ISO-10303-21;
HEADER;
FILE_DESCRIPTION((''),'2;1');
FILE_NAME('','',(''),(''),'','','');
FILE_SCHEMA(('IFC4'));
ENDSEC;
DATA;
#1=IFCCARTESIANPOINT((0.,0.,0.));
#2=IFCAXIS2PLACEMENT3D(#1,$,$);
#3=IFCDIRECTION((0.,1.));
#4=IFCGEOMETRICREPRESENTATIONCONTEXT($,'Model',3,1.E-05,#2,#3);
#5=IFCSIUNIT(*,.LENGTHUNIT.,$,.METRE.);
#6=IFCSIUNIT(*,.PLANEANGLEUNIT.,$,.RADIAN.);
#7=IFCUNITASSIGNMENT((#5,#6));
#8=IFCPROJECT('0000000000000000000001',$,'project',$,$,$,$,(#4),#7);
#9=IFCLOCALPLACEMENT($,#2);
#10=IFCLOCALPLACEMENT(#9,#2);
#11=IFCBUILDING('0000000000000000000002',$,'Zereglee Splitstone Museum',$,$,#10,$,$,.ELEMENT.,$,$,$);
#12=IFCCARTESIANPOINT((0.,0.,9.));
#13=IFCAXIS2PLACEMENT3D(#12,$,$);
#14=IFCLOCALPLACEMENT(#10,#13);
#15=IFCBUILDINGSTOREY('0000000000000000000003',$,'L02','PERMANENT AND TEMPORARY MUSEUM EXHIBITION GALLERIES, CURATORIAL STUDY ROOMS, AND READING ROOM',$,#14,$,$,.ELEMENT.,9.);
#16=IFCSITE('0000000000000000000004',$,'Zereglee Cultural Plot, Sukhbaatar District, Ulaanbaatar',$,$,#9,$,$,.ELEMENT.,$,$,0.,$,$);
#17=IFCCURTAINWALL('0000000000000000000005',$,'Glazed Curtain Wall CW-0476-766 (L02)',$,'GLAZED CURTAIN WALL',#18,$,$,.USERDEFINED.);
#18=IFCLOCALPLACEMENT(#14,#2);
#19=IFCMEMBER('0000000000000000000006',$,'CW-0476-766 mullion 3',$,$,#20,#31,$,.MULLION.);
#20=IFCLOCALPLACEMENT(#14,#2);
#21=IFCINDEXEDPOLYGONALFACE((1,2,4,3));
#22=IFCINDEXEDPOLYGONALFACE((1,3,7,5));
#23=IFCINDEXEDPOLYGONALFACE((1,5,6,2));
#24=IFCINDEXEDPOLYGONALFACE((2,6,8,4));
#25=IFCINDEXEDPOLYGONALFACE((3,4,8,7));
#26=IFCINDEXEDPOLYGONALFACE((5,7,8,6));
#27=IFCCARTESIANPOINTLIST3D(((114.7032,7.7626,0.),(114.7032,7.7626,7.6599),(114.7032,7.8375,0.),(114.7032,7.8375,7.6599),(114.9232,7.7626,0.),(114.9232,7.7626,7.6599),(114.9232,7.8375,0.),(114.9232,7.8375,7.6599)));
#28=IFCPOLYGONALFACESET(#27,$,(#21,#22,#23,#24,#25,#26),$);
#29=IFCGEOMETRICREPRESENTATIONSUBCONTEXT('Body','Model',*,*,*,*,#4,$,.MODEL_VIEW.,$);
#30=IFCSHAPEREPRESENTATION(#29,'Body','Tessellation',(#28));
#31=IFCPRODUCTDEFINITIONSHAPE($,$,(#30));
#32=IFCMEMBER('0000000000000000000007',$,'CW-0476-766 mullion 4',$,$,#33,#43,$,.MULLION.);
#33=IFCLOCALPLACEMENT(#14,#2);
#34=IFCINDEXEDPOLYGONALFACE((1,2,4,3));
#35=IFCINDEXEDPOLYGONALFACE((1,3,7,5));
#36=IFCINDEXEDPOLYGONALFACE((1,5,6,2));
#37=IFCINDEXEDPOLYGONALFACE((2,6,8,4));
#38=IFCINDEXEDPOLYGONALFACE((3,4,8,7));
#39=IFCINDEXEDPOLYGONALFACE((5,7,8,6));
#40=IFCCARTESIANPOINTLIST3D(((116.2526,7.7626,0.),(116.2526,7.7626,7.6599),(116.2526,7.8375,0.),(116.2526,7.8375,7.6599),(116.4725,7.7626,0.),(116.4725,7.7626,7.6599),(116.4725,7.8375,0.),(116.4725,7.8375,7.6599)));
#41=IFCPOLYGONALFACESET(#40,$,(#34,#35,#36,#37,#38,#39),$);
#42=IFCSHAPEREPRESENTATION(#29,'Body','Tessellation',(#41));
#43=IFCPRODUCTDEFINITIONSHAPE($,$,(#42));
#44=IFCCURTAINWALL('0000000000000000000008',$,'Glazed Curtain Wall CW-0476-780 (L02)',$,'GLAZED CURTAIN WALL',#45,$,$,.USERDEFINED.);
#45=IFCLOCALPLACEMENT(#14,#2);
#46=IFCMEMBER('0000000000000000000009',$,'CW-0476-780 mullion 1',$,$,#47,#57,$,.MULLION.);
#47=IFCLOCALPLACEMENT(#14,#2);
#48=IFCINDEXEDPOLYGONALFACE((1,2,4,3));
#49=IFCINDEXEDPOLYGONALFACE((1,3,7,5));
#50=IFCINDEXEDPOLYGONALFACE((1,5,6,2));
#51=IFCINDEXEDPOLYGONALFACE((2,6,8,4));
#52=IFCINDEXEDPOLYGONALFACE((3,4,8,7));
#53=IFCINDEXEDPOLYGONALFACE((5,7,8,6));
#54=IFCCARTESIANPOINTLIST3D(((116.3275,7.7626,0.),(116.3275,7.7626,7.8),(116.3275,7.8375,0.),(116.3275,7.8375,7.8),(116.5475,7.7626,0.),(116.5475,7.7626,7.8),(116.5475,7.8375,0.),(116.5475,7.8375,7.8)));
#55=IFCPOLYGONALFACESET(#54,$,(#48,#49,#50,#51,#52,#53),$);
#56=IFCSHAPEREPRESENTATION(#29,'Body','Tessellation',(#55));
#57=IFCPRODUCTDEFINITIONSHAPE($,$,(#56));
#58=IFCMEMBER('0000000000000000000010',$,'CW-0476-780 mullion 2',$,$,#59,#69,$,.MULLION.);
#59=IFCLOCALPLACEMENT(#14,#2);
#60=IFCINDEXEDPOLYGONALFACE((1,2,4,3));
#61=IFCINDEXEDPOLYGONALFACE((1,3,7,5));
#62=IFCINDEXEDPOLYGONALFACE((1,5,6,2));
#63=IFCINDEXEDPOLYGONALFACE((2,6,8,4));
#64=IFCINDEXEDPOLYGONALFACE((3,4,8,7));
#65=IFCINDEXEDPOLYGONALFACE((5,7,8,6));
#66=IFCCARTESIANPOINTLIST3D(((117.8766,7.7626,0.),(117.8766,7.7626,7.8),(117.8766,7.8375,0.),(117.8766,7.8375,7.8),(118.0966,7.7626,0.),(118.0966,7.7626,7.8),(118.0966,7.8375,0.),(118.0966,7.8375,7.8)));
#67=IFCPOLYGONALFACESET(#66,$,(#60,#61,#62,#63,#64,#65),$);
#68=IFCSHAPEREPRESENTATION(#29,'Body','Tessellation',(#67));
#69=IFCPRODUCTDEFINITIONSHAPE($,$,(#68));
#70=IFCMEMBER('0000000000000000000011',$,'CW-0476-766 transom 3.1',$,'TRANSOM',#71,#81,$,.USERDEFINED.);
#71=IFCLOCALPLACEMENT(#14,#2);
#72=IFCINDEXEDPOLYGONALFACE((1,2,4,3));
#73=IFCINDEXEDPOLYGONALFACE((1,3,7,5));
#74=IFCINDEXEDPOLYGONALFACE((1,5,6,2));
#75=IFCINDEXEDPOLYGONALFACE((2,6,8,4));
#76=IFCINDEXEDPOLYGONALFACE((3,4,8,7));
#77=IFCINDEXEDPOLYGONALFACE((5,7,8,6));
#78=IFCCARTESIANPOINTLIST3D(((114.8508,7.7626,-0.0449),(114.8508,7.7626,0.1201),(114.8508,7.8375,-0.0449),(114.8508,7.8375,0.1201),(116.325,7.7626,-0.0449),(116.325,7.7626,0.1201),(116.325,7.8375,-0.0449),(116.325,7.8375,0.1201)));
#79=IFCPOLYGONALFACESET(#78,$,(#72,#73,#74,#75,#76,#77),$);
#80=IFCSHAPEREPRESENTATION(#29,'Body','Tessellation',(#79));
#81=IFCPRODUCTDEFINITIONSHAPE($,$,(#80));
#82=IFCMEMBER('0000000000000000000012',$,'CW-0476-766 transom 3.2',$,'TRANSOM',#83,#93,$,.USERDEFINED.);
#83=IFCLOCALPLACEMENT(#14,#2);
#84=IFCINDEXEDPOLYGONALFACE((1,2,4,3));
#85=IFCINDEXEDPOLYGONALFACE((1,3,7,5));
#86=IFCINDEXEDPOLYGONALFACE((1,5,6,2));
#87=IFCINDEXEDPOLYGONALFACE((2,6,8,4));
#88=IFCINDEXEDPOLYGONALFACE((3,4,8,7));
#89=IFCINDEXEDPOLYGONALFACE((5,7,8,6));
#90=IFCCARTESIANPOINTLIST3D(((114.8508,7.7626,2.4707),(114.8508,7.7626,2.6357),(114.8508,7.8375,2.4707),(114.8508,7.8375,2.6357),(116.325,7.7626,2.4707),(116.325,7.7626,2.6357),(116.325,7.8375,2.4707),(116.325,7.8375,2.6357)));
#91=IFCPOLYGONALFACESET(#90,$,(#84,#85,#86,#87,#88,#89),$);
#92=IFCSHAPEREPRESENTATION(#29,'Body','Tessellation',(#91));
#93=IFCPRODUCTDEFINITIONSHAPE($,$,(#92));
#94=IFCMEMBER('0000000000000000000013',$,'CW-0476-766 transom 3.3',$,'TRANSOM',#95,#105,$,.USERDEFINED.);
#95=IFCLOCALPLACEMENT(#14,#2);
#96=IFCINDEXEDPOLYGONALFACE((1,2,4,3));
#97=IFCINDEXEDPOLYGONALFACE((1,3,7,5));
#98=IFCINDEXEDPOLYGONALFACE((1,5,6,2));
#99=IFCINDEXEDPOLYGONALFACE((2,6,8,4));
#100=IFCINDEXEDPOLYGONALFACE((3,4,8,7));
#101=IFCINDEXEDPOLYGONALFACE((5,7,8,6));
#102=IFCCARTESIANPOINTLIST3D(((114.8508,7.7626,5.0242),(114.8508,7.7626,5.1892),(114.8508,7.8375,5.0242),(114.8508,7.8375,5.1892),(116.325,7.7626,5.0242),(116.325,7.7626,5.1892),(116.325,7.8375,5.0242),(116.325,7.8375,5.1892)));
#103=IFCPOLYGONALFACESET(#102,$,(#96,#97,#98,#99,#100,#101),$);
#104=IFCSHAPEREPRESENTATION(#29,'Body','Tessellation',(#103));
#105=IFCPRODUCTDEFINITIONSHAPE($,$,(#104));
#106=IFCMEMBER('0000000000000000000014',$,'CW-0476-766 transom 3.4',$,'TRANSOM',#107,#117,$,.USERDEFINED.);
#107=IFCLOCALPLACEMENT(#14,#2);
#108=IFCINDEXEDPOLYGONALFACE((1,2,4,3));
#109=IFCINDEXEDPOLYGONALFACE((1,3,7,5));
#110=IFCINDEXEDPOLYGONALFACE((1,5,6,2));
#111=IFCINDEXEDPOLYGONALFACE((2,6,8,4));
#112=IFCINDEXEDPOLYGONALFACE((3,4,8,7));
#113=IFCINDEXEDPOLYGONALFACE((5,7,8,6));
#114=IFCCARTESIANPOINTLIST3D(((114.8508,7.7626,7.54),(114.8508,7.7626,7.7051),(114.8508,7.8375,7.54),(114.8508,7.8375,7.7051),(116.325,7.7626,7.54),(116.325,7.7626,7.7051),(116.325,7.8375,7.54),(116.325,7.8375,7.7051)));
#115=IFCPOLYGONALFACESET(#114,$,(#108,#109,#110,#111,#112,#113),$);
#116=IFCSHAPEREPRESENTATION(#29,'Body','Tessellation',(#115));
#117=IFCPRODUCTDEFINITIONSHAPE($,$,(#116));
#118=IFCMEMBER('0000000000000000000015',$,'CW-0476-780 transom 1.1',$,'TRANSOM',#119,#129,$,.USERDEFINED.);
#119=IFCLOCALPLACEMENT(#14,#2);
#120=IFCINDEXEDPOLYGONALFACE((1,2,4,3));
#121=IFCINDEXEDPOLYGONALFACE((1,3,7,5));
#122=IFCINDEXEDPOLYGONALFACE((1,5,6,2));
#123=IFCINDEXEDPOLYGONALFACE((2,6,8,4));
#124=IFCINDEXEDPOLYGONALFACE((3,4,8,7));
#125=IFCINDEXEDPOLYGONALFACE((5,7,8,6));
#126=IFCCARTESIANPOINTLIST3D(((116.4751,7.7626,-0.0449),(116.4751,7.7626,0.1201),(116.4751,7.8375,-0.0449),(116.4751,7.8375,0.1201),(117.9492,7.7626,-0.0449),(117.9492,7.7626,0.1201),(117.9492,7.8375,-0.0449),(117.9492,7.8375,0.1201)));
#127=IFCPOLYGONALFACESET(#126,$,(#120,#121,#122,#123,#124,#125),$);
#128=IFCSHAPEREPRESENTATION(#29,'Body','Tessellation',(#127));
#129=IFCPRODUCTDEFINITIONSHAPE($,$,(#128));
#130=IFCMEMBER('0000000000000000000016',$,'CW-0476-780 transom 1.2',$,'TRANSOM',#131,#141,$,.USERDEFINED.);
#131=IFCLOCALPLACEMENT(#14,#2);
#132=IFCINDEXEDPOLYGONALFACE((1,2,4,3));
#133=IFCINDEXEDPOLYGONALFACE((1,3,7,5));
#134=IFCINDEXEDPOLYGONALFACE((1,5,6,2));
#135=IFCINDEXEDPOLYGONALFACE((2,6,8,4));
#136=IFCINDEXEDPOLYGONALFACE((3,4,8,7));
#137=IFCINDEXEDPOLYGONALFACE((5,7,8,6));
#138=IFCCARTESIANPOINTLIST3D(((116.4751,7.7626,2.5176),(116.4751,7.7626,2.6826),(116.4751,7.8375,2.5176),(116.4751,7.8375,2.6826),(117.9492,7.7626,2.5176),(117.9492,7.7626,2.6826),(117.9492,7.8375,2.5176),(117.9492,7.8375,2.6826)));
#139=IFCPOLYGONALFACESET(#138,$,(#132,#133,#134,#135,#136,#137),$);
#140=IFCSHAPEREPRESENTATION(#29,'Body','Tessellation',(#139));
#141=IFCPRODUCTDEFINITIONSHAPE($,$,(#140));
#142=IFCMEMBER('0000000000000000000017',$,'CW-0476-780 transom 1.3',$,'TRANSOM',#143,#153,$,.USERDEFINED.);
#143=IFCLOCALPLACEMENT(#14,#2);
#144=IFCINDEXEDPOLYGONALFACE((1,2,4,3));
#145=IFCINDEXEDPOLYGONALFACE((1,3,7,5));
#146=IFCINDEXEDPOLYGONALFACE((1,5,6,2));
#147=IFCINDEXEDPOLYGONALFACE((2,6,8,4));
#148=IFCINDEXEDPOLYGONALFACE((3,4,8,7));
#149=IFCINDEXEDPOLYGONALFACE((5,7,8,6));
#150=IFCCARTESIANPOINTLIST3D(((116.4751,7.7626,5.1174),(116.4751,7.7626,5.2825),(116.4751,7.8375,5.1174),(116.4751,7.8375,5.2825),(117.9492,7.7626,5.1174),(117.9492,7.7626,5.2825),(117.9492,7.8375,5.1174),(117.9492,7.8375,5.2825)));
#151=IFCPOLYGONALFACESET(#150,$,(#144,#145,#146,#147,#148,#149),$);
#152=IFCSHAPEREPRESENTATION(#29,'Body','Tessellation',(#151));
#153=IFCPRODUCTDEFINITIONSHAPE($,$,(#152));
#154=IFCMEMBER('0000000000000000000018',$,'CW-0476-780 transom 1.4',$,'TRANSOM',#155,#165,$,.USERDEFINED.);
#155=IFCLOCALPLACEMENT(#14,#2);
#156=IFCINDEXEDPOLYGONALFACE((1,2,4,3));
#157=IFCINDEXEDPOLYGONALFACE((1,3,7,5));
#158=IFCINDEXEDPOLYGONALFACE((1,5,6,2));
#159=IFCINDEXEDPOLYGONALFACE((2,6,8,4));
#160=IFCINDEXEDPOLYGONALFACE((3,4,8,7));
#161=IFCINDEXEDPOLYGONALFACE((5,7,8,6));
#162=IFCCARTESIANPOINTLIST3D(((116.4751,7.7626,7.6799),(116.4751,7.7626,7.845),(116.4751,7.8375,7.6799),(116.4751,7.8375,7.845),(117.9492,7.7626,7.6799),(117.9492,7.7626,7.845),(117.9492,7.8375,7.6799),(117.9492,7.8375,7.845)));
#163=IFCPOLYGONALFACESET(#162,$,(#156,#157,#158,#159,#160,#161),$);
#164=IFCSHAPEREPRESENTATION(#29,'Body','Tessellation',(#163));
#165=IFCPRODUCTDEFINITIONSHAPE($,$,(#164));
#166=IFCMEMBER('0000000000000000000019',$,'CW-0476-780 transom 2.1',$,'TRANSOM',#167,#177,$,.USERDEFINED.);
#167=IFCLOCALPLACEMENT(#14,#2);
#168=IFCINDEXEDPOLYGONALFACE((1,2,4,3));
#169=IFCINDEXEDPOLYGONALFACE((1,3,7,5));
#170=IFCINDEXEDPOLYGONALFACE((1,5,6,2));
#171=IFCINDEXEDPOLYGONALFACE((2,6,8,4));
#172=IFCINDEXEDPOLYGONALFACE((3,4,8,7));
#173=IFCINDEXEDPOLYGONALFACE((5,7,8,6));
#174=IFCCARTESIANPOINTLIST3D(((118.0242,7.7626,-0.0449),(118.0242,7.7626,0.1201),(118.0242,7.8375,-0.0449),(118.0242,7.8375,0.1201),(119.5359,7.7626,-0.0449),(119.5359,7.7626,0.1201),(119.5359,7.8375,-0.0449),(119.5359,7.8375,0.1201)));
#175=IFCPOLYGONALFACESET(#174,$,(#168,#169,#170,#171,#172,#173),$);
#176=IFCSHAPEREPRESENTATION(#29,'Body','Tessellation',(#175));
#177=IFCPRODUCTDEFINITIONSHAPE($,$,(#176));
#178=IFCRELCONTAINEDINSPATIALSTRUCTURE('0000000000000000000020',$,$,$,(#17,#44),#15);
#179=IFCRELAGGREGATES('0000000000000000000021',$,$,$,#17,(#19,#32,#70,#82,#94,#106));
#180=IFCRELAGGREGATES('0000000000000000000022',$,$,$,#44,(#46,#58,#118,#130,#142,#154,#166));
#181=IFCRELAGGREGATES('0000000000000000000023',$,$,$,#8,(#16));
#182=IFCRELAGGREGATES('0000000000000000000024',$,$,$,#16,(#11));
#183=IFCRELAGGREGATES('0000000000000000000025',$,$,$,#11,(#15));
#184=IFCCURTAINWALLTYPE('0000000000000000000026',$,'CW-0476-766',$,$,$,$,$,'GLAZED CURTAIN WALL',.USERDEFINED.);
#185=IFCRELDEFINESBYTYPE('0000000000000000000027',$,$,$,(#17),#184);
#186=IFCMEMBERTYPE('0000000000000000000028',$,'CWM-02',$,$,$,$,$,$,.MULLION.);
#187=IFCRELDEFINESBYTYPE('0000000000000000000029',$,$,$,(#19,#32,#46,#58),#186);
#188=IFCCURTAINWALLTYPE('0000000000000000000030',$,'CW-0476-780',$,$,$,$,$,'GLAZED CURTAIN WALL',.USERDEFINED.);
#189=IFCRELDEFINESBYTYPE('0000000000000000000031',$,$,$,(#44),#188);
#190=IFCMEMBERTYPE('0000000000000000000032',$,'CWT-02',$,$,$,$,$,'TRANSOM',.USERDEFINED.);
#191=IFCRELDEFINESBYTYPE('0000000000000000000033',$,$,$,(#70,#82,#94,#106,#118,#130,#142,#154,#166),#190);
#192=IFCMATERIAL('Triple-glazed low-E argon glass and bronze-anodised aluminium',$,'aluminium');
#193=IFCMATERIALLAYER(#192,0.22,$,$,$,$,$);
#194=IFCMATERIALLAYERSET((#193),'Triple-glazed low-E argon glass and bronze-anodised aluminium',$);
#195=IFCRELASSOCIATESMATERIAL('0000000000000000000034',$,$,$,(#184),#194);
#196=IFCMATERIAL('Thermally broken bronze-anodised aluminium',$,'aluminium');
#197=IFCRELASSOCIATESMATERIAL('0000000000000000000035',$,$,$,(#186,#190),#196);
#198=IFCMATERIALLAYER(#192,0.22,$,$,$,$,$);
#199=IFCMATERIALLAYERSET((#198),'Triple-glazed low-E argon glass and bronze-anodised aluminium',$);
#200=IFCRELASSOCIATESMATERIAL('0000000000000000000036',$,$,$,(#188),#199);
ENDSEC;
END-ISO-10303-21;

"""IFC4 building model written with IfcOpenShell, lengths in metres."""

from ifc_helpers import new_model, si_unit, direction, frame, origin, origin_2d, place, context, subcontext, project, spatial, rectangle, extrude, material, layer, layer_set, material_profile, profile_set, type_object, element, aggregate, save


model = new_model("IFC4")

# Units and contexts
model_context = context("Model", 3, precision=1e-05, world=origin(), true_north=direction((0.0, 1.0)))
body_context = subcontext(model_context, "Body", "Model", "MODEL_VIEW")
ifc_project = project(units=[si_unit("LENGTHUNIT", "METRE"), si_unit("PLANEANGLEUNIT", "RADIAN")], contexts=[model_context])

# Site, building, storey
site_placement = place(None, origin())
site = spatial("IfcSite", under=ifc_project, at=site_placement, Name="Zereglee Cultural Plot, Sukhbaatar District, Ulaanbaatar", CompositionType="ELEMENT", RefElevation=0.0)
building_placement = place(site_placement, origin())
building = spatial("IfcBuilding", under=site, at=building_placement, Name="Zereglee Splitstone Museum", CompositionType="ELEMENT")
storey_placement = place(building_placement, frame((0.0, 0.0, 9.0)))
storey = spatial("IfcBuildingStorey", under=building, at=storey_placement, Name="L02", Description="PERMANENT AND TEMPORARY MUSEUM EXHIBITION GALLERIES, CURATORIAL STUDY ROOMS, AND READING ROOM", CompositionType="ELEMENT", Elevation=9.0)

# Curtain walls, members
ifc_material_1 = material(Name="Triple-glazed low-E argon glass and bronze-anodised aluminium", Category="aluminium")
ifc_layer_1 = layer(ifc_material_1, 0.22)
ifc_layer_set_1 = layer_set([ifc_layer_1], Name="Triple-glazed low-E argon glass and bronze-anodised aluminium")
curtain_wall_type_1 = type_object("IfcCurtainWallType", Name="CW-0476-766", ElementType="GLAZED CURTAIN WALL", PredefinedType="USERDEFINED", material=ifc_layer_set_1)
curtain_wall_1_placement = place(storey_placement, origin())
curtain_wall_1 = element("IfcCurtainWall", 1, at=curtain_wall_1_placement, inside=storey, type_object=curtain_wall_type_1, Name="Glazed Curtain Wall CW-0476-766 (L02)", ObjectType="GLAZED CURTAIN WALL", PredefinedType="USERDEFINED")
ifc_material_2 = material(Name="Thermally broken bronze-anodised aluminium", Category="aluminium")
ifc_material_profile_1 = material_profile(ifc_material_2, rectangle(XDim=0.075, YDim=0.22, at=origin_2d()), Name="CW MULL 75x220")
ifc_profile_set_1 = profile_set([ifc_material_profile_1], Name="Thermally broken bronze-anodised aluminium")
member_type_1 = type_object("IfcMemberType", Name="CWM-02", PredefinedType="MULLION", material=ifc_profile_set_1)
member_1_placement = place(storey_placement, frame((114.8132, 7.8, 0.0), z_axis=(0.0, 0.0, 1.0), x_axis=(0.0, 1.0, 0.0)))
member_1 = element("IfcMember", 2, at=member_1_placement, type_object=member_type_1, Name="CW-0476-766 mullion 3", PredefinedType="MULLION", context=body_context, shape_type="SweptSolid", body=[
    extrude(rectangle(XDim=0.075, YDim=0.22, at=origin_2d()), origin(), (0.0, 0.0, 1.0), 7.6599),
])
member_2_placement = place(storey_placement, frame((116.3625, 7.8, 0.0), z_axis=(0.0, 0.0, 1.0), x_axis=(0.0, 1.0, 0.0)))
member_2 = element("IfcMember", 3, at=member_2_placement, type_object=member_type_1, Name="CW-0476-766 mullion 4", PredefinedType="MULLION", context=body_context, shape_type="SweptSolid", body=[
    extrude(rectangle(XDim=0.075, YDim=0.22, at=origin_2d()), origin(), (0.0, 0.0, 1.0), 7.6599),
])
ifc_layer_2 = layer(ifc_material_1, 0.22)
ifc_layer_set_2 = layer_set([ifc_layer_2], Name="Triple-glazed low-E argon glass and bronze-anodised aluminium")
curtain_wall_type_2 = type_object("IfcCurtainWallType", Name="CW-0476-780", ElementType="GLAZED CURTAIN WALL", PredefinedType="USERDEFINED", material=ifc_layer_set_2)
curtain_wall_2_placement = place(storey_placement, origin())
curtain_wall_2 = element("IfcCurtainWall", 4, at=curtain_wall_2_placement, inside=storey, type_object=curtain_wall_type_2, Name="Glazed Curtain Wall CW-0476-780 (L02)", ObjectType="GLAZED CURTAIN WALL", PredefinedType="USERDEFINED")
member_3_placement = place(storey_placement, frame((116.4375, 7.8, 0.0), z_axis=(0.0, 0.0, 1.0), x_axis=(0.0, 1.0, 0.0)))
member_3 = element("IfcMember", 5, at=member_3_placement, type_object=member_type_1, Name="CW-0476-780 mullion 1", PredefinedType="MULLION", context=body_context, shape_type="SweptSolid", body=[
    extrude(rectangle(XDim=0.075, YDim=0.22, at=origin_2d()), origin(), (0.0, 0.0, 1.0), 7.8),
])
member_4_placement = place(storey_placement, frame((117.9866, 7.8, 0.0), z_axis=(0.0, 0.0, 1.0), x_axis=(0.0, 1.0, 0.0)))
member_4 = element("IfcMember", 6, at=member_4_placement, type_object=member_type_1, Name="CW-0476-780 mullion 2", PredefinedType="MULLION", context=body_context, shape_type="SweptSolid", body=[
    extrude(rectangle(XDim=0.075, YDim=0.22, at=origin_2d()), origin(), (0.0, 0.0, 1.0), 7.8),
])

# Members
ifc_material_profile_2 = material_profile(ifc_material_2, rectangle(XDim=0.075, YDim=0.165, at=origin_2d()), Name="CW TRAN 75x165")
ifc_profile_set_2 = profile_set([ifc_material_profile_2], Name="Thermally broken bronze-anodised aluminium")
member_type_2 = type_object("IfcMemberType", Name="CWT-02", ElementType="TRANSOM", PredefinedType="USERDEFINED", material=ifc_profile_set_2)
member_5_placement = place(storey_placement, frame((114.8508, 7.8, 0.0376), z_axis=(1.0, 0.0, 0.0), x_axis=(0.0, 1.0, 0.0)))
member_5 = element("IfcMember", 7, at=member_5_placement, type_object=member_type_2, Name="CW-0476-766 transom 3.1", ObjectType="TRANSOM", PredefinedType="USERDEFINED", context=body_context, shape_type="SweptSolid", body=[
    extrude(rectangle(XDim=0.075, YDim=0.165, at=origin_2d()), origin(), (0.0, 0.0, 1.0), 1.4741),
])
member_6_placement = place(storey_placement, frame((114.8508, 7.8, 2.5532), z_axis=(1.0, 0.0, 0.0), x_axis=(0.0, 1.0, 0.0)))
member_6 = element("IfcMember", 8, at=member_6_placement, type_object=member_type_2, Name="CW-0476-766 transom 3.2", ObjectType="TRANSOM", PredefinedType="USERDEFINED", context=body_context, shape_type="SweptSolid", body=[
    extrude(rectangle(XDim=0.075, YDim=0.165, at=origin_2d()), origin(), (0.0, 0.0, 1.0), 1.4741),
])
member_7_placement = place(storey_placement, frame((114.8508, 7.8, 5.1067), z_axis=(1.0, 0.0, 0.0), x_axis=(0.0, 1.0, 0.0)))
member_7 = element("IfcMember", 9, at=member_7_placement, type_object=member_type_2, Name="CW-0476-766 transom 3.3", ObjectType="TRANSOM", PredefinedType="USERDEFINED", context=body_context, shape_type="SweptSolid", body=[
    extrude(rectangle(XDim=0.075, YDim=0.165, at=origin_2d()), origin(), (0.0, 0.0, 1.0), 1.4741),
])
member_8_placement = place(storey_placement, frame((114.8508, 7.8, 7.6226), z_axis=(1.0, 0.0, 0.0), x_axis=(0.0, 1.0, 0.0)))
member_8 = element("IfcMember", 10, at=member_8_placement, type_object=member_type_2, Name="CW-0476-766 transom 3.4", ObjectType="TRANSOM", PredefinedType="USERDEFINED", context=body_context, shape_type="SweptSolid", body=[
    extrude(rectangle(XDim=0.075, YDim=0.165, at=origin_2d()), origin(), (0.0, 0.0, 1.0), 1.4741),
])
member_9_placement = place(storey_placement, frame((116.4751, 7.8, 0.0376), z_axis=(1.0, 0.0, 0.0), x_axis=(0.0, 1.0, 0.0)))
member_9 = element("IfcMember", 11, at=member_9_placement, type_object=member_type_2, Name="CW-0476-780 transom 1.1", ObjectType="TRANSOM", PredefinedType="USERDEFINED", context=body_context, shape_type="SweptSolid", body=[
    extrude(rectangle(XDim=0.075, YDim=0.165, at=origin_2d()), origin(), (0.0, 0.0, 1.0), 1.4741),
])
member_10_placement = place(storey_placement, frame((116.4751, 7.8, 2.6001), z_axis=(1.0, 0.0, 0.0), x_axis=(0.0, 1.0, 0.0)))
member_10 = element("IfcMember", 12, at=member_10_placement, type_object=member_type_2, Name="CW-0476-780 transom 1.2", ObjectType="TRANSOM", PredefinedType="USERDEFINED", context=body_context, shape_type="SweptSolid", body=[
    extrude(rectangle(XDim=0.075, YDim=0.165, at=origin_2d()), origin(), (0.0, 0.0, 1.0), 1.4741),
])
member_11_placement = place(storey_placement, frame((116.4751, 7.8, 5.2), z_axis=(1.0, 0.0, 0.0), x_axis=(0.0, 1.0, 0.0)))
member_11 = element("IfcMember", 13, at=member_11_placement, type_object=member_type_2, Name="CW-0476-780 transom 1.3", ObjectType="TRANSOM", PredefinedType="USERDEFINED", context=body_context, shape_type="SweptSolid", body=[
    extrude(rectangle(XDim=0.075, YDim=0.165, at=origin_2d()), origin(), (0.0, 0.0, 1.0), 1.4741),
])
member_12_placement = place(storey_placement, frame((116.4751, 7.8, 7.7625), z_axis=(1.0, 0.0, 0.0), x_axis=(0.0, 1.0, 0.0)))
member_12 = element("IfcMember", 14, at=member_12_placement, type_object=member_type_2, Name="CW-0476-780 transom 1.4", ObjectType="TRANSOM", PredefinedType="USERDEFINED", context=body_context, shape_type="SweptSolid", body=[
    extrude(rectangle(XDim=0.075, YDim=0.165, at=origin_2d()), origin(), (0.0, 0.0, 1.0), 1.4741),
])
member_13_placement = place(storey_placement, frame((118.0242, 7.8, 0.0376), z_axis=(1.0, 0.0, 0.0), x_axis=(0.0, 1.0, 0.0)))
member_13 = element("IfcMember", 15, at=member_13_placement, type_object=member_type_2, Name="CW-0476-780 transom 2.1", ObjectType="TRANSOM", PredefinedType="USERDEFINED", context=body_context, shape_type="SweptSolid", body=[
    extrude(rectangle(XDim=0.075, YDim=0.165, at=origin_2d()), origin(), (0.0, 0.0, 1.0), 1.5117),
])

aggregate(curtain_wall_1, [member_1, member_2, member_5, member_6, member_7, member_8])
aggregate(curtain_wall_2, [member_3, member_4, member_9, member_10, member_11, member_12, member_13])

save(model, "model.ifc")
